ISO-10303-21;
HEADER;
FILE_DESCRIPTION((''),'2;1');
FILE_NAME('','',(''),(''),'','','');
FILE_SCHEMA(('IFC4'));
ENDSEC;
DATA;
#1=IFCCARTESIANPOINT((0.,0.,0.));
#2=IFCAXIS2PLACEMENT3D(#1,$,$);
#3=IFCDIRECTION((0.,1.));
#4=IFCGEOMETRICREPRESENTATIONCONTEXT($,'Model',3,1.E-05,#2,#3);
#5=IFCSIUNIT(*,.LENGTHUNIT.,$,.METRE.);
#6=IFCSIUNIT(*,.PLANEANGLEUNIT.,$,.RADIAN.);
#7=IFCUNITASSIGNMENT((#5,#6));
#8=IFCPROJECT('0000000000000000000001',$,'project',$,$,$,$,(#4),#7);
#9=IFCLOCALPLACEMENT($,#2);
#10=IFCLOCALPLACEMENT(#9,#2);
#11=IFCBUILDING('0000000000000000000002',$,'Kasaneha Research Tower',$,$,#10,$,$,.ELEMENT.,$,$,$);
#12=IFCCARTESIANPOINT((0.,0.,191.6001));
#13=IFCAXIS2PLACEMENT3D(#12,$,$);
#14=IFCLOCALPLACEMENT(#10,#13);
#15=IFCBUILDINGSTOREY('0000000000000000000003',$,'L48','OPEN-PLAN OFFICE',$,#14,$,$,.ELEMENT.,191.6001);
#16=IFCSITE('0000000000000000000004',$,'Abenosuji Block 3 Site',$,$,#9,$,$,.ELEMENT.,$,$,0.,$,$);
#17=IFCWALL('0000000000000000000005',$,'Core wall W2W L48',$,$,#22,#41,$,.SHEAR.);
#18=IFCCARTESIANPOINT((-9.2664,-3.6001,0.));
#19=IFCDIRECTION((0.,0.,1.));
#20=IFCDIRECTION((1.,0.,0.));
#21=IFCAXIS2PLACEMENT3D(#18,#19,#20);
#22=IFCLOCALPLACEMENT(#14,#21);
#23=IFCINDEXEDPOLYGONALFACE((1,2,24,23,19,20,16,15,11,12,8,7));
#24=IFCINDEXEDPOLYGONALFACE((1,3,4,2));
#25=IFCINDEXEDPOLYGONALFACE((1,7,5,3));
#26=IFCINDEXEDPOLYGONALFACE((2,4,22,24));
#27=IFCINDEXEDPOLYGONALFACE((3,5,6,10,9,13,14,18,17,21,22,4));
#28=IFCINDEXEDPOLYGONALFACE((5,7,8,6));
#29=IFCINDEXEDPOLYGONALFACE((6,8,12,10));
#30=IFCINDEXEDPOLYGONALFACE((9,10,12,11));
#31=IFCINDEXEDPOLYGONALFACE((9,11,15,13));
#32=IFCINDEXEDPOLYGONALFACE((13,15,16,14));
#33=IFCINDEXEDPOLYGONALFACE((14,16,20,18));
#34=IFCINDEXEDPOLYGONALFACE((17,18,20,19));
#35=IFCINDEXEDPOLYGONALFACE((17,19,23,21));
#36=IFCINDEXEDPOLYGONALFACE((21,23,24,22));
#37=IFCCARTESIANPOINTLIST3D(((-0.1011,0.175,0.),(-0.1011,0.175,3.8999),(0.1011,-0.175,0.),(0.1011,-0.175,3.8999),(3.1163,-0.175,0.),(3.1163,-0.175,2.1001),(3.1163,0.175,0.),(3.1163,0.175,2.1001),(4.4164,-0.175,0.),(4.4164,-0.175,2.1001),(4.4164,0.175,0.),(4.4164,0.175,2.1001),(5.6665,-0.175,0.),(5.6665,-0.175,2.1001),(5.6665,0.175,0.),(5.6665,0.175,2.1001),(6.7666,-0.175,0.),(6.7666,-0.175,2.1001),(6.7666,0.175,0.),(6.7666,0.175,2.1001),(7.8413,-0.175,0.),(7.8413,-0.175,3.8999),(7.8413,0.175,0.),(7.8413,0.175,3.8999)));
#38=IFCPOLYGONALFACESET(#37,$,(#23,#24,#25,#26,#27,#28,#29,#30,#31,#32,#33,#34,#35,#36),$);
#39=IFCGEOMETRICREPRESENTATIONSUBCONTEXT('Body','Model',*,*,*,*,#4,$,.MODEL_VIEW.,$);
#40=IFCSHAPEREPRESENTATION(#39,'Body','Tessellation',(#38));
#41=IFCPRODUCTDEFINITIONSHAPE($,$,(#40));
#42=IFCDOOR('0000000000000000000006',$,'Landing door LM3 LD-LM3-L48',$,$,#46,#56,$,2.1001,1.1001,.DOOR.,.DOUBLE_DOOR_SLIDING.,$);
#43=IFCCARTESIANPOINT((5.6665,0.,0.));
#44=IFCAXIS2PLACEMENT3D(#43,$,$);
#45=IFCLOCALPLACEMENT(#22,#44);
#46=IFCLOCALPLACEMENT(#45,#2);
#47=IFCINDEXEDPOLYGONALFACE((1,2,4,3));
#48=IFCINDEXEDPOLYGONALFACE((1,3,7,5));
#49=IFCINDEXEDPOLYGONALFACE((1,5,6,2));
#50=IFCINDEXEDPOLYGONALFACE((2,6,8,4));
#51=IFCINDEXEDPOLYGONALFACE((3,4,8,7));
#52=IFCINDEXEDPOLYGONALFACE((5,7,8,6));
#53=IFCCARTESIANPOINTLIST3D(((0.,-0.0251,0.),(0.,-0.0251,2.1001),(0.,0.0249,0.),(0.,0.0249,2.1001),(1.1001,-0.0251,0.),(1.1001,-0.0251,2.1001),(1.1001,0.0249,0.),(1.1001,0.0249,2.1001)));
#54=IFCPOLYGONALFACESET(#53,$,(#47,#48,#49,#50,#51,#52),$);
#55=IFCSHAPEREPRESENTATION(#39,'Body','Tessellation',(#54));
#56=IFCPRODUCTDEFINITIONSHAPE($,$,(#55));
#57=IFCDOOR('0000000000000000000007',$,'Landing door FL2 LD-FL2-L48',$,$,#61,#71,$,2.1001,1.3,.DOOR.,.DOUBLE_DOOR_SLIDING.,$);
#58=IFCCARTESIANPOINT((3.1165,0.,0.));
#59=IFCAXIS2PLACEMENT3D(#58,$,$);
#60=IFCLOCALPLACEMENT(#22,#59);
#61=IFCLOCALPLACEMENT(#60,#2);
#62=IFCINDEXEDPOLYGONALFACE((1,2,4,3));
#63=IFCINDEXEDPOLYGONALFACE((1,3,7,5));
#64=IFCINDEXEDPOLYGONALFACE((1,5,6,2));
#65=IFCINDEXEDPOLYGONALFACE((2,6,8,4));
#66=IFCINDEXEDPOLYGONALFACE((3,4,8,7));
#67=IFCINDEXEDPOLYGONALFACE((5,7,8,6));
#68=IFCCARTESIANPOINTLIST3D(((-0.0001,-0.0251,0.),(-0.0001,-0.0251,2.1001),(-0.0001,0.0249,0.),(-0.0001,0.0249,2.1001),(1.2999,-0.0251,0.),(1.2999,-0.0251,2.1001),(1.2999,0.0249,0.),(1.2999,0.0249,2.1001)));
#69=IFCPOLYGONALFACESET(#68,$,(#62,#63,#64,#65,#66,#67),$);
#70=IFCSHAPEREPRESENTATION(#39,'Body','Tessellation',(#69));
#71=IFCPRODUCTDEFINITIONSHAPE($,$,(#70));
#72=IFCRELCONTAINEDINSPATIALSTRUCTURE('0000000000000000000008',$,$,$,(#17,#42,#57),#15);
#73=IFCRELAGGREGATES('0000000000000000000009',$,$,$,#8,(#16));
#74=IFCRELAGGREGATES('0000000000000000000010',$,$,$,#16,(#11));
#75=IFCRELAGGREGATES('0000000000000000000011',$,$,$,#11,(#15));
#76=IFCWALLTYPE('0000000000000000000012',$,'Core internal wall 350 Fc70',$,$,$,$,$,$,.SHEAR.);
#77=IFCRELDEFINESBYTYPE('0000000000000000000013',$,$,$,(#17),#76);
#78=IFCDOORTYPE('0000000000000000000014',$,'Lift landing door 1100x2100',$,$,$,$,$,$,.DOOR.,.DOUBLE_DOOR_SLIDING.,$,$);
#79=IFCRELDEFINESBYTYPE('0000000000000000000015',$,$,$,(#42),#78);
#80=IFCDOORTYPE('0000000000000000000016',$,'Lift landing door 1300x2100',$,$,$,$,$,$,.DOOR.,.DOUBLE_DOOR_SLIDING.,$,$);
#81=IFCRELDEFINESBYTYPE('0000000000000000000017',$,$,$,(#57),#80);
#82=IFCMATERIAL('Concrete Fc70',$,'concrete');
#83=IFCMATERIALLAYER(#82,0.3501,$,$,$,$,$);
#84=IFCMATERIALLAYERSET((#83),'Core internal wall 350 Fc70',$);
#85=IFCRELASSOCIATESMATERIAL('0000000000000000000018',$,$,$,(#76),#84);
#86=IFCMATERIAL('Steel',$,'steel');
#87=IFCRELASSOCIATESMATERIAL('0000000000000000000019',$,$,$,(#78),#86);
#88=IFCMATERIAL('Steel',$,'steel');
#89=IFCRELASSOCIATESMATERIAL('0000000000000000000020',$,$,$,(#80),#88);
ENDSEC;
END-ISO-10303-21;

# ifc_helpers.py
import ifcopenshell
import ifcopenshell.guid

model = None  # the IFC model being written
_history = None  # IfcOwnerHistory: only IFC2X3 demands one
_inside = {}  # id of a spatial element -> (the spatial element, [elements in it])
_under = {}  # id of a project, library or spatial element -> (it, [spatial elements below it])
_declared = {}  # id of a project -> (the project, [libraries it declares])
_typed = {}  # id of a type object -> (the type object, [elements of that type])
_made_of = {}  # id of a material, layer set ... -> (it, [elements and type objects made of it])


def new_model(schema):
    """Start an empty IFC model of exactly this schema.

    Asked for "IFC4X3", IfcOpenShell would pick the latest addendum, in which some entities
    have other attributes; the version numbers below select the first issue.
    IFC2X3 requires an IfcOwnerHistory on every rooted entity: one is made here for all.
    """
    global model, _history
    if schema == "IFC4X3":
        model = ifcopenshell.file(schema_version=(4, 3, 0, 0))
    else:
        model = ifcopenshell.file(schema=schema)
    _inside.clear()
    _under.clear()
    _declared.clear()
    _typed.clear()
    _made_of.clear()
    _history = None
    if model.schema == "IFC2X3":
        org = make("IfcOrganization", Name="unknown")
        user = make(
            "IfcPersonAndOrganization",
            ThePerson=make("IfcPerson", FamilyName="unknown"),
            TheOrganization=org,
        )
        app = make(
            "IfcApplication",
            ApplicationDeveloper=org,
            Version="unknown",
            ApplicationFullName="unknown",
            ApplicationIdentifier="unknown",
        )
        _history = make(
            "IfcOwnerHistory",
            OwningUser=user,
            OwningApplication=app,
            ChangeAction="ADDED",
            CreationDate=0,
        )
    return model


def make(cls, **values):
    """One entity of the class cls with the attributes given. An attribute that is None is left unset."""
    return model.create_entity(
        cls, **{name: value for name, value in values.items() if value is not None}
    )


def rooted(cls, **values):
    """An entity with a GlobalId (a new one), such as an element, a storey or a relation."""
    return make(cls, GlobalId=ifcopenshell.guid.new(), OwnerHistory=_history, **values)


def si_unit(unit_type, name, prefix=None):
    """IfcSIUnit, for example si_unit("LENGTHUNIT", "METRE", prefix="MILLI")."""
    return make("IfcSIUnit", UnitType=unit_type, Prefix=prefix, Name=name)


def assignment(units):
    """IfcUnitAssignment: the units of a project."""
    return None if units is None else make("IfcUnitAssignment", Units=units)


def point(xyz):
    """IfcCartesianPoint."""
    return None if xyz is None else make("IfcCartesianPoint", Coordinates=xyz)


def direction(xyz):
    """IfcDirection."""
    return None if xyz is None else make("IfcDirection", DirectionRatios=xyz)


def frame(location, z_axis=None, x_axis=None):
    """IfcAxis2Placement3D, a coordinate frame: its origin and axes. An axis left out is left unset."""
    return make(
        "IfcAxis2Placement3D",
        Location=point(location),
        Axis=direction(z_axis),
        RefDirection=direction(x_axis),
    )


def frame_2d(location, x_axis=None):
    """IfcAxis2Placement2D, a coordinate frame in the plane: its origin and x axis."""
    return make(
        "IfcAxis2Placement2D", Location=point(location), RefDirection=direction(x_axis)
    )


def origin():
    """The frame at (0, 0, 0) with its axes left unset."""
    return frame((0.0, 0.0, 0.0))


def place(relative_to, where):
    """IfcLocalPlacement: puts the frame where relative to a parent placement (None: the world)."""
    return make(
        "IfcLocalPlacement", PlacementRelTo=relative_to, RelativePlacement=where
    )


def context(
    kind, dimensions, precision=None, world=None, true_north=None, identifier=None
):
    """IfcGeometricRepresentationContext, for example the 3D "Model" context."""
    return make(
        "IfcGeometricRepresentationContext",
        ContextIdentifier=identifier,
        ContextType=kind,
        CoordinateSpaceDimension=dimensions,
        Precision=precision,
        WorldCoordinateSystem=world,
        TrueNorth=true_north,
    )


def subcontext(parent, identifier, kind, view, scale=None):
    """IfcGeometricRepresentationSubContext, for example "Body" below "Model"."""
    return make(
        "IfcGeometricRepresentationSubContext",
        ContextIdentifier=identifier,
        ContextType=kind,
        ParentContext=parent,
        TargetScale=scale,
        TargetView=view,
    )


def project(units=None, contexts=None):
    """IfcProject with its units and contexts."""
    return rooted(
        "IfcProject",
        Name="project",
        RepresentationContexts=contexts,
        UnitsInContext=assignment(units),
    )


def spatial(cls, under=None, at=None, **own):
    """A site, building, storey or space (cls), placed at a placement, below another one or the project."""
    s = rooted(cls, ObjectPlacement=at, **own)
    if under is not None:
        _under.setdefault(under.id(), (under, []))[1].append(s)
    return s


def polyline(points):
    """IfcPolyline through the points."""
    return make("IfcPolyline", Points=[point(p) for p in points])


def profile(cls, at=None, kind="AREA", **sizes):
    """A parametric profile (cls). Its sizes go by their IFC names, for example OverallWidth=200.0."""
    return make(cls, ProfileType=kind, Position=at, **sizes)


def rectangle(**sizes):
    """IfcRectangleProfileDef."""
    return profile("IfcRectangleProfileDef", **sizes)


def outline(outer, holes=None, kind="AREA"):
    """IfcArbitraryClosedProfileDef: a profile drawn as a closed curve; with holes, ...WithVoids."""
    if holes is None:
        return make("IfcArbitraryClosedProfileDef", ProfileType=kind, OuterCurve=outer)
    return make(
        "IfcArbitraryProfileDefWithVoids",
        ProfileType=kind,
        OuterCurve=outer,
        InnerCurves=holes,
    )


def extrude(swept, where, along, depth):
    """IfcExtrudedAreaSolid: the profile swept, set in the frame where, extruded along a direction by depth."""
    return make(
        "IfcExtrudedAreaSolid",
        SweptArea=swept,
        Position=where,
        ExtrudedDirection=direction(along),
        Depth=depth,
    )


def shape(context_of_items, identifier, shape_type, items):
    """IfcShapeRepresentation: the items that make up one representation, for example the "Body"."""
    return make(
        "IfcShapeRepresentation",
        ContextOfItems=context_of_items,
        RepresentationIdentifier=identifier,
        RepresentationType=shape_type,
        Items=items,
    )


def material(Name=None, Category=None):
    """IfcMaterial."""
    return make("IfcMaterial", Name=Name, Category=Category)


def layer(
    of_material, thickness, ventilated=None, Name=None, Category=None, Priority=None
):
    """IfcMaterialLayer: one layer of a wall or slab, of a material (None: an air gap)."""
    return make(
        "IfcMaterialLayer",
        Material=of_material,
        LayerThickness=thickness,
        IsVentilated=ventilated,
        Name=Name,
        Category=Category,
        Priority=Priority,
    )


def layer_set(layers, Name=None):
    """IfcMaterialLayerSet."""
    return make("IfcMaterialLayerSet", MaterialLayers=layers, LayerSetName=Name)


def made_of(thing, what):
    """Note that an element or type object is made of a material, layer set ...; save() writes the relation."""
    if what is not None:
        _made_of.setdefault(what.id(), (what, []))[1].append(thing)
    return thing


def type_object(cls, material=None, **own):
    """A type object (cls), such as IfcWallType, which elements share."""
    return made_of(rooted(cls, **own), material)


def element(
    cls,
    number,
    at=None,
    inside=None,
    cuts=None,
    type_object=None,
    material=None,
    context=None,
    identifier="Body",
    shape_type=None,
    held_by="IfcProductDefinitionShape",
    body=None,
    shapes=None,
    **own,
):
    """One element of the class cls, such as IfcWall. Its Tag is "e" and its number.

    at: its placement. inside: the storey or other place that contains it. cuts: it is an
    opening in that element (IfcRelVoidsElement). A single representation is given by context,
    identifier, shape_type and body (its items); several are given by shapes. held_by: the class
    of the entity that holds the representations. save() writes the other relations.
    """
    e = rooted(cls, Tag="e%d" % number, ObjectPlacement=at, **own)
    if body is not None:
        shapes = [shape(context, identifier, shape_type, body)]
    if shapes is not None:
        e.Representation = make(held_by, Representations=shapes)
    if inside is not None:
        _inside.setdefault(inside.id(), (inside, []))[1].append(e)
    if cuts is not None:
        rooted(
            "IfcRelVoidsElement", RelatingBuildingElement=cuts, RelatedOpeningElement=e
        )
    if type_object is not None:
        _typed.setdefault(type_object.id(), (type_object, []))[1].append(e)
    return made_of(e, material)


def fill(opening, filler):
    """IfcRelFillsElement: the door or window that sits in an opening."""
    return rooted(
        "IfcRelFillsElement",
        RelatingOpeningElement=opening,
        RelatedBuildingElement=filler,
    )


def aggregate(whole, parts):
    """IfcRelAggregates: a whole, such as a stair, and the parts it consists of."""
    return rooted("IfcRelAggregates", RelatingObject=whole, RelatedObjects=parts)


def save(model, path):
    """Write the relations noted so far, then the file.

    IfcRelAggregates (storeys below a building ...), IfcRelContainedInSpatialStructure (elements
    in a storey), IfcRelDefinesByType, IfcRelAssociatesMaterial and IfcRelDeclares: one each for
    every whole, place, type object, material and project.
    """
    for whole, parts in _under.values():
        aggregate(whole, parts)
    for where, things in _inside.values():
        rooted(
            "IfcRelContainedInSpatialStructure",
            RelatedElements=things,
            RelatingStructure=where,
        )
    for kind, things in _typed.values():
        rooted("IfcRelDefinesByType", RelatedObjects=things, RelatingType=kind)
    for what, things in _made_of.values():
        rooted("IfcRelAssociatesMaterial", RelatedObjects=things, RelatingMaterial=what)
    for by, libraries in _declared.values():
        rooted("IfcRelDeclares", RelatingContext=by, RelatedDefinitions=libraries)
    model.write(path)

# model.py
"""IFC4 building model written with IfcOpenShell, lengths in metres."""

from ifc_helpers import new_model, si_unit, direction, frame, frame_2d, origin, place, context, subcontext, project, spatial, polyline, rectangle, outline, extrude, material, layer, layer_set, type_object, element, fill, save


model = new_model("IFC4")

# Units and contexts
model_context = context("Model", 3, precision=1e-05, world=origin(), true_north=direction((0.0, 1.0)))
body_context = subcontext(model_context, "Body", "Model", "MODEL_VIEW")
ifc_project = project(units=[si_unit("LENGTHUNIT", "METRE"), si_unit("PLANEANGLEUNIT", "RADIAN")], contexts=[model_context])

# Site, building, storey
site_placement = place(None, origin())
site = spatial("IfcSite", under=ifc_project, at=site_placement, Name="Abenosuji Block 3 Site", CompositionType="ELEMENT", RefElevation=0.0)
building_placement = place(site_placement, origin())
building = spatial("IfcBuilding", under=site, at=building_placement, Name="Kasaneha Research Tower", CompositionType="ELEMENT")
storey_placement = place(building_placement, frame((0.0, 0.0, 191.6001)))
storey = spatial("IfcBuildingStorey", under=building, at=storey_placement, Name="L48", Description="OPEN-PLAN OFFICE", CompositionType="ELEMENT", Elevation=191.6001)

# Wall, openings, doors
ifc_material_1 = material(Name="Concrete Fc70", Category="concrete")
ifc_layer_1 = layer(ifc_material_1, 0.3501)
ifc_layer_set_1 = layer_set([ifc_layer_1], Name="Core internal wall 350 Fc70")
wall_type = type_object("IfcWallType", Name="Core internal wall 350 Fc70", PredefinedType="SHEAR", material=ifc_layer_set_1)
wall_1_placement = place(storey_placement, frame((-9.2664, -3.6001, 0.0), z_axis=(0.0, 0.0, 1.0), x_axis=(1.0, 0.0, 0.0)))
wall_1 = element("IfcWall", 1, at=wall_1_placement, inside=storey, type_object=wall_type, Name="Core wall W2W L48", PredefinedType="SHEAR", context=body_context, shape_type="SweptSolid", body=[
    extrude(outline(polyline([(0.1011, -0.175), (3.1165, -0.175), (4.4165, -0.175), (5.6665, -0.175), (6.7666, -0.175), (7.8413, -0.175), (7.8413, 0.175), (6.7666, 0.175), (5.6665, 0.175), (4.4165, 0.175), (3.1165, 0.175), (-0.1011, 0.175), (0.1011, -0.175)])), origin(), (0.0, 0.0, 1.0), 3.8999),
])
opening_1_placement = place(wall_1_placement, frame((5.6665, 0.0, 0.0)))
opening_1 = element("IfcOpeningElement", 2, at=opening_1_placement, cuts=wall_1, PredefinedType="OPENING", context=body_context, shape_type="SweptSolid", body=[
    extrude(rectangle(XDim=1.1001, YDim=2.1001, at=frame_2d((0.55, 1.05))), frame((0.0, 0.1851, 0.0), z_axis=(0.0, -1.0, 0.0), x_axis=(1.0, 0.0, 0.0)), (0.0, 0.0, 1.0), 0.3701),
])
opening_2_placement = place(wall_1_placement, frame((3.1165, 0.0, 0.0)))
opening_2 = element("IfcOpeningElement", 3, at=opening_2_placement, cuts=wall_1, PredefinedType="OPENING", context=body_context, shape_type="SweptSolid", body=[
    extrude(rectangle(XDim=1.3, YDim=2.1001, at=frame_2d((0.6499, 1.05))), frame((0.0, 0.1851, 0.0), z_axis=(0.0, -1.0, 0.0), x_axis=(1.0, 0.0, 0.0)), (0.0, 0.0, 1.0), 0.3701),
])
ifc_material_2 = material(Name="Steel", Category="steel")
door_type_1 = type_object("IfcDoorType", Name="Lift landing door 1100x2100", OperationType="DOUBLE_DOOR_SLIDING", PredefinedType="DOOR", material=ifc_material_2)
door_1_placement = place(opening_1_placement, origin())
door_1 = element("IfcDoor", 4, at=door_1_placement, inside=storey, type_object=door_type_1, Name="Landing door LM3 LD-LM3-L48", OperationType="DOUBLE_DOOR_SLIDING", OverallHeight=2.1001, OverallWidth=1.1001, PredefinedType="DOOR", context=body_context, shape_type="SweptSolid", body=[
    extrude(rectangle(XDim=1.1001, YDim=2.1001, at=frame_2d((0.55, 1.05))), frame((0.0, 0.0249, 0.0), z_axis=(0.0, -1.0, 0.0), x_axis=(1.0, 0.0, 0.0)), (0.0, 0.0, 1.0), 0.05),
])
fill(opening_1, door_1)
ifc_material_3 = material(Name="Steel", Category="steel")
door_type_2 = type_object("IfcDoorType", Name="Lift landing door 1300x2100", OperationType="DOUBLE_DOOR_SLIDING", PredefinedType="DOOR", material=ifc_material_3)
door_2_placement = place(opening_2_placement, origin())
door_2 = element("IfcDoor", 5, at=door_2_placement, inside=storey, type_object=door_type_2, Name="Landing door FL2 LD-FL2-L48", OperationType="DOUBLE_DOOR_SLIDING", OverallHeight=2.1001, OverallWidth=1.3, PredefinedType="DOOR", context=body_context, shape_type="SweptSolid", body=[
    extrude(rectangle(XDim=1.3, YDim=2.1001, at=frame_2d((0.6499, 1.05))), frame((0.0, 0.0249, 0.0), z_axis=(0.0, -1.0, 0.0), x_axis=(1.0, 0.0, 0.0)), (0.0, 0.0, 1.0), 0.05),
])
fill(opening_2, door_2)

save(model, "model.ifc")
